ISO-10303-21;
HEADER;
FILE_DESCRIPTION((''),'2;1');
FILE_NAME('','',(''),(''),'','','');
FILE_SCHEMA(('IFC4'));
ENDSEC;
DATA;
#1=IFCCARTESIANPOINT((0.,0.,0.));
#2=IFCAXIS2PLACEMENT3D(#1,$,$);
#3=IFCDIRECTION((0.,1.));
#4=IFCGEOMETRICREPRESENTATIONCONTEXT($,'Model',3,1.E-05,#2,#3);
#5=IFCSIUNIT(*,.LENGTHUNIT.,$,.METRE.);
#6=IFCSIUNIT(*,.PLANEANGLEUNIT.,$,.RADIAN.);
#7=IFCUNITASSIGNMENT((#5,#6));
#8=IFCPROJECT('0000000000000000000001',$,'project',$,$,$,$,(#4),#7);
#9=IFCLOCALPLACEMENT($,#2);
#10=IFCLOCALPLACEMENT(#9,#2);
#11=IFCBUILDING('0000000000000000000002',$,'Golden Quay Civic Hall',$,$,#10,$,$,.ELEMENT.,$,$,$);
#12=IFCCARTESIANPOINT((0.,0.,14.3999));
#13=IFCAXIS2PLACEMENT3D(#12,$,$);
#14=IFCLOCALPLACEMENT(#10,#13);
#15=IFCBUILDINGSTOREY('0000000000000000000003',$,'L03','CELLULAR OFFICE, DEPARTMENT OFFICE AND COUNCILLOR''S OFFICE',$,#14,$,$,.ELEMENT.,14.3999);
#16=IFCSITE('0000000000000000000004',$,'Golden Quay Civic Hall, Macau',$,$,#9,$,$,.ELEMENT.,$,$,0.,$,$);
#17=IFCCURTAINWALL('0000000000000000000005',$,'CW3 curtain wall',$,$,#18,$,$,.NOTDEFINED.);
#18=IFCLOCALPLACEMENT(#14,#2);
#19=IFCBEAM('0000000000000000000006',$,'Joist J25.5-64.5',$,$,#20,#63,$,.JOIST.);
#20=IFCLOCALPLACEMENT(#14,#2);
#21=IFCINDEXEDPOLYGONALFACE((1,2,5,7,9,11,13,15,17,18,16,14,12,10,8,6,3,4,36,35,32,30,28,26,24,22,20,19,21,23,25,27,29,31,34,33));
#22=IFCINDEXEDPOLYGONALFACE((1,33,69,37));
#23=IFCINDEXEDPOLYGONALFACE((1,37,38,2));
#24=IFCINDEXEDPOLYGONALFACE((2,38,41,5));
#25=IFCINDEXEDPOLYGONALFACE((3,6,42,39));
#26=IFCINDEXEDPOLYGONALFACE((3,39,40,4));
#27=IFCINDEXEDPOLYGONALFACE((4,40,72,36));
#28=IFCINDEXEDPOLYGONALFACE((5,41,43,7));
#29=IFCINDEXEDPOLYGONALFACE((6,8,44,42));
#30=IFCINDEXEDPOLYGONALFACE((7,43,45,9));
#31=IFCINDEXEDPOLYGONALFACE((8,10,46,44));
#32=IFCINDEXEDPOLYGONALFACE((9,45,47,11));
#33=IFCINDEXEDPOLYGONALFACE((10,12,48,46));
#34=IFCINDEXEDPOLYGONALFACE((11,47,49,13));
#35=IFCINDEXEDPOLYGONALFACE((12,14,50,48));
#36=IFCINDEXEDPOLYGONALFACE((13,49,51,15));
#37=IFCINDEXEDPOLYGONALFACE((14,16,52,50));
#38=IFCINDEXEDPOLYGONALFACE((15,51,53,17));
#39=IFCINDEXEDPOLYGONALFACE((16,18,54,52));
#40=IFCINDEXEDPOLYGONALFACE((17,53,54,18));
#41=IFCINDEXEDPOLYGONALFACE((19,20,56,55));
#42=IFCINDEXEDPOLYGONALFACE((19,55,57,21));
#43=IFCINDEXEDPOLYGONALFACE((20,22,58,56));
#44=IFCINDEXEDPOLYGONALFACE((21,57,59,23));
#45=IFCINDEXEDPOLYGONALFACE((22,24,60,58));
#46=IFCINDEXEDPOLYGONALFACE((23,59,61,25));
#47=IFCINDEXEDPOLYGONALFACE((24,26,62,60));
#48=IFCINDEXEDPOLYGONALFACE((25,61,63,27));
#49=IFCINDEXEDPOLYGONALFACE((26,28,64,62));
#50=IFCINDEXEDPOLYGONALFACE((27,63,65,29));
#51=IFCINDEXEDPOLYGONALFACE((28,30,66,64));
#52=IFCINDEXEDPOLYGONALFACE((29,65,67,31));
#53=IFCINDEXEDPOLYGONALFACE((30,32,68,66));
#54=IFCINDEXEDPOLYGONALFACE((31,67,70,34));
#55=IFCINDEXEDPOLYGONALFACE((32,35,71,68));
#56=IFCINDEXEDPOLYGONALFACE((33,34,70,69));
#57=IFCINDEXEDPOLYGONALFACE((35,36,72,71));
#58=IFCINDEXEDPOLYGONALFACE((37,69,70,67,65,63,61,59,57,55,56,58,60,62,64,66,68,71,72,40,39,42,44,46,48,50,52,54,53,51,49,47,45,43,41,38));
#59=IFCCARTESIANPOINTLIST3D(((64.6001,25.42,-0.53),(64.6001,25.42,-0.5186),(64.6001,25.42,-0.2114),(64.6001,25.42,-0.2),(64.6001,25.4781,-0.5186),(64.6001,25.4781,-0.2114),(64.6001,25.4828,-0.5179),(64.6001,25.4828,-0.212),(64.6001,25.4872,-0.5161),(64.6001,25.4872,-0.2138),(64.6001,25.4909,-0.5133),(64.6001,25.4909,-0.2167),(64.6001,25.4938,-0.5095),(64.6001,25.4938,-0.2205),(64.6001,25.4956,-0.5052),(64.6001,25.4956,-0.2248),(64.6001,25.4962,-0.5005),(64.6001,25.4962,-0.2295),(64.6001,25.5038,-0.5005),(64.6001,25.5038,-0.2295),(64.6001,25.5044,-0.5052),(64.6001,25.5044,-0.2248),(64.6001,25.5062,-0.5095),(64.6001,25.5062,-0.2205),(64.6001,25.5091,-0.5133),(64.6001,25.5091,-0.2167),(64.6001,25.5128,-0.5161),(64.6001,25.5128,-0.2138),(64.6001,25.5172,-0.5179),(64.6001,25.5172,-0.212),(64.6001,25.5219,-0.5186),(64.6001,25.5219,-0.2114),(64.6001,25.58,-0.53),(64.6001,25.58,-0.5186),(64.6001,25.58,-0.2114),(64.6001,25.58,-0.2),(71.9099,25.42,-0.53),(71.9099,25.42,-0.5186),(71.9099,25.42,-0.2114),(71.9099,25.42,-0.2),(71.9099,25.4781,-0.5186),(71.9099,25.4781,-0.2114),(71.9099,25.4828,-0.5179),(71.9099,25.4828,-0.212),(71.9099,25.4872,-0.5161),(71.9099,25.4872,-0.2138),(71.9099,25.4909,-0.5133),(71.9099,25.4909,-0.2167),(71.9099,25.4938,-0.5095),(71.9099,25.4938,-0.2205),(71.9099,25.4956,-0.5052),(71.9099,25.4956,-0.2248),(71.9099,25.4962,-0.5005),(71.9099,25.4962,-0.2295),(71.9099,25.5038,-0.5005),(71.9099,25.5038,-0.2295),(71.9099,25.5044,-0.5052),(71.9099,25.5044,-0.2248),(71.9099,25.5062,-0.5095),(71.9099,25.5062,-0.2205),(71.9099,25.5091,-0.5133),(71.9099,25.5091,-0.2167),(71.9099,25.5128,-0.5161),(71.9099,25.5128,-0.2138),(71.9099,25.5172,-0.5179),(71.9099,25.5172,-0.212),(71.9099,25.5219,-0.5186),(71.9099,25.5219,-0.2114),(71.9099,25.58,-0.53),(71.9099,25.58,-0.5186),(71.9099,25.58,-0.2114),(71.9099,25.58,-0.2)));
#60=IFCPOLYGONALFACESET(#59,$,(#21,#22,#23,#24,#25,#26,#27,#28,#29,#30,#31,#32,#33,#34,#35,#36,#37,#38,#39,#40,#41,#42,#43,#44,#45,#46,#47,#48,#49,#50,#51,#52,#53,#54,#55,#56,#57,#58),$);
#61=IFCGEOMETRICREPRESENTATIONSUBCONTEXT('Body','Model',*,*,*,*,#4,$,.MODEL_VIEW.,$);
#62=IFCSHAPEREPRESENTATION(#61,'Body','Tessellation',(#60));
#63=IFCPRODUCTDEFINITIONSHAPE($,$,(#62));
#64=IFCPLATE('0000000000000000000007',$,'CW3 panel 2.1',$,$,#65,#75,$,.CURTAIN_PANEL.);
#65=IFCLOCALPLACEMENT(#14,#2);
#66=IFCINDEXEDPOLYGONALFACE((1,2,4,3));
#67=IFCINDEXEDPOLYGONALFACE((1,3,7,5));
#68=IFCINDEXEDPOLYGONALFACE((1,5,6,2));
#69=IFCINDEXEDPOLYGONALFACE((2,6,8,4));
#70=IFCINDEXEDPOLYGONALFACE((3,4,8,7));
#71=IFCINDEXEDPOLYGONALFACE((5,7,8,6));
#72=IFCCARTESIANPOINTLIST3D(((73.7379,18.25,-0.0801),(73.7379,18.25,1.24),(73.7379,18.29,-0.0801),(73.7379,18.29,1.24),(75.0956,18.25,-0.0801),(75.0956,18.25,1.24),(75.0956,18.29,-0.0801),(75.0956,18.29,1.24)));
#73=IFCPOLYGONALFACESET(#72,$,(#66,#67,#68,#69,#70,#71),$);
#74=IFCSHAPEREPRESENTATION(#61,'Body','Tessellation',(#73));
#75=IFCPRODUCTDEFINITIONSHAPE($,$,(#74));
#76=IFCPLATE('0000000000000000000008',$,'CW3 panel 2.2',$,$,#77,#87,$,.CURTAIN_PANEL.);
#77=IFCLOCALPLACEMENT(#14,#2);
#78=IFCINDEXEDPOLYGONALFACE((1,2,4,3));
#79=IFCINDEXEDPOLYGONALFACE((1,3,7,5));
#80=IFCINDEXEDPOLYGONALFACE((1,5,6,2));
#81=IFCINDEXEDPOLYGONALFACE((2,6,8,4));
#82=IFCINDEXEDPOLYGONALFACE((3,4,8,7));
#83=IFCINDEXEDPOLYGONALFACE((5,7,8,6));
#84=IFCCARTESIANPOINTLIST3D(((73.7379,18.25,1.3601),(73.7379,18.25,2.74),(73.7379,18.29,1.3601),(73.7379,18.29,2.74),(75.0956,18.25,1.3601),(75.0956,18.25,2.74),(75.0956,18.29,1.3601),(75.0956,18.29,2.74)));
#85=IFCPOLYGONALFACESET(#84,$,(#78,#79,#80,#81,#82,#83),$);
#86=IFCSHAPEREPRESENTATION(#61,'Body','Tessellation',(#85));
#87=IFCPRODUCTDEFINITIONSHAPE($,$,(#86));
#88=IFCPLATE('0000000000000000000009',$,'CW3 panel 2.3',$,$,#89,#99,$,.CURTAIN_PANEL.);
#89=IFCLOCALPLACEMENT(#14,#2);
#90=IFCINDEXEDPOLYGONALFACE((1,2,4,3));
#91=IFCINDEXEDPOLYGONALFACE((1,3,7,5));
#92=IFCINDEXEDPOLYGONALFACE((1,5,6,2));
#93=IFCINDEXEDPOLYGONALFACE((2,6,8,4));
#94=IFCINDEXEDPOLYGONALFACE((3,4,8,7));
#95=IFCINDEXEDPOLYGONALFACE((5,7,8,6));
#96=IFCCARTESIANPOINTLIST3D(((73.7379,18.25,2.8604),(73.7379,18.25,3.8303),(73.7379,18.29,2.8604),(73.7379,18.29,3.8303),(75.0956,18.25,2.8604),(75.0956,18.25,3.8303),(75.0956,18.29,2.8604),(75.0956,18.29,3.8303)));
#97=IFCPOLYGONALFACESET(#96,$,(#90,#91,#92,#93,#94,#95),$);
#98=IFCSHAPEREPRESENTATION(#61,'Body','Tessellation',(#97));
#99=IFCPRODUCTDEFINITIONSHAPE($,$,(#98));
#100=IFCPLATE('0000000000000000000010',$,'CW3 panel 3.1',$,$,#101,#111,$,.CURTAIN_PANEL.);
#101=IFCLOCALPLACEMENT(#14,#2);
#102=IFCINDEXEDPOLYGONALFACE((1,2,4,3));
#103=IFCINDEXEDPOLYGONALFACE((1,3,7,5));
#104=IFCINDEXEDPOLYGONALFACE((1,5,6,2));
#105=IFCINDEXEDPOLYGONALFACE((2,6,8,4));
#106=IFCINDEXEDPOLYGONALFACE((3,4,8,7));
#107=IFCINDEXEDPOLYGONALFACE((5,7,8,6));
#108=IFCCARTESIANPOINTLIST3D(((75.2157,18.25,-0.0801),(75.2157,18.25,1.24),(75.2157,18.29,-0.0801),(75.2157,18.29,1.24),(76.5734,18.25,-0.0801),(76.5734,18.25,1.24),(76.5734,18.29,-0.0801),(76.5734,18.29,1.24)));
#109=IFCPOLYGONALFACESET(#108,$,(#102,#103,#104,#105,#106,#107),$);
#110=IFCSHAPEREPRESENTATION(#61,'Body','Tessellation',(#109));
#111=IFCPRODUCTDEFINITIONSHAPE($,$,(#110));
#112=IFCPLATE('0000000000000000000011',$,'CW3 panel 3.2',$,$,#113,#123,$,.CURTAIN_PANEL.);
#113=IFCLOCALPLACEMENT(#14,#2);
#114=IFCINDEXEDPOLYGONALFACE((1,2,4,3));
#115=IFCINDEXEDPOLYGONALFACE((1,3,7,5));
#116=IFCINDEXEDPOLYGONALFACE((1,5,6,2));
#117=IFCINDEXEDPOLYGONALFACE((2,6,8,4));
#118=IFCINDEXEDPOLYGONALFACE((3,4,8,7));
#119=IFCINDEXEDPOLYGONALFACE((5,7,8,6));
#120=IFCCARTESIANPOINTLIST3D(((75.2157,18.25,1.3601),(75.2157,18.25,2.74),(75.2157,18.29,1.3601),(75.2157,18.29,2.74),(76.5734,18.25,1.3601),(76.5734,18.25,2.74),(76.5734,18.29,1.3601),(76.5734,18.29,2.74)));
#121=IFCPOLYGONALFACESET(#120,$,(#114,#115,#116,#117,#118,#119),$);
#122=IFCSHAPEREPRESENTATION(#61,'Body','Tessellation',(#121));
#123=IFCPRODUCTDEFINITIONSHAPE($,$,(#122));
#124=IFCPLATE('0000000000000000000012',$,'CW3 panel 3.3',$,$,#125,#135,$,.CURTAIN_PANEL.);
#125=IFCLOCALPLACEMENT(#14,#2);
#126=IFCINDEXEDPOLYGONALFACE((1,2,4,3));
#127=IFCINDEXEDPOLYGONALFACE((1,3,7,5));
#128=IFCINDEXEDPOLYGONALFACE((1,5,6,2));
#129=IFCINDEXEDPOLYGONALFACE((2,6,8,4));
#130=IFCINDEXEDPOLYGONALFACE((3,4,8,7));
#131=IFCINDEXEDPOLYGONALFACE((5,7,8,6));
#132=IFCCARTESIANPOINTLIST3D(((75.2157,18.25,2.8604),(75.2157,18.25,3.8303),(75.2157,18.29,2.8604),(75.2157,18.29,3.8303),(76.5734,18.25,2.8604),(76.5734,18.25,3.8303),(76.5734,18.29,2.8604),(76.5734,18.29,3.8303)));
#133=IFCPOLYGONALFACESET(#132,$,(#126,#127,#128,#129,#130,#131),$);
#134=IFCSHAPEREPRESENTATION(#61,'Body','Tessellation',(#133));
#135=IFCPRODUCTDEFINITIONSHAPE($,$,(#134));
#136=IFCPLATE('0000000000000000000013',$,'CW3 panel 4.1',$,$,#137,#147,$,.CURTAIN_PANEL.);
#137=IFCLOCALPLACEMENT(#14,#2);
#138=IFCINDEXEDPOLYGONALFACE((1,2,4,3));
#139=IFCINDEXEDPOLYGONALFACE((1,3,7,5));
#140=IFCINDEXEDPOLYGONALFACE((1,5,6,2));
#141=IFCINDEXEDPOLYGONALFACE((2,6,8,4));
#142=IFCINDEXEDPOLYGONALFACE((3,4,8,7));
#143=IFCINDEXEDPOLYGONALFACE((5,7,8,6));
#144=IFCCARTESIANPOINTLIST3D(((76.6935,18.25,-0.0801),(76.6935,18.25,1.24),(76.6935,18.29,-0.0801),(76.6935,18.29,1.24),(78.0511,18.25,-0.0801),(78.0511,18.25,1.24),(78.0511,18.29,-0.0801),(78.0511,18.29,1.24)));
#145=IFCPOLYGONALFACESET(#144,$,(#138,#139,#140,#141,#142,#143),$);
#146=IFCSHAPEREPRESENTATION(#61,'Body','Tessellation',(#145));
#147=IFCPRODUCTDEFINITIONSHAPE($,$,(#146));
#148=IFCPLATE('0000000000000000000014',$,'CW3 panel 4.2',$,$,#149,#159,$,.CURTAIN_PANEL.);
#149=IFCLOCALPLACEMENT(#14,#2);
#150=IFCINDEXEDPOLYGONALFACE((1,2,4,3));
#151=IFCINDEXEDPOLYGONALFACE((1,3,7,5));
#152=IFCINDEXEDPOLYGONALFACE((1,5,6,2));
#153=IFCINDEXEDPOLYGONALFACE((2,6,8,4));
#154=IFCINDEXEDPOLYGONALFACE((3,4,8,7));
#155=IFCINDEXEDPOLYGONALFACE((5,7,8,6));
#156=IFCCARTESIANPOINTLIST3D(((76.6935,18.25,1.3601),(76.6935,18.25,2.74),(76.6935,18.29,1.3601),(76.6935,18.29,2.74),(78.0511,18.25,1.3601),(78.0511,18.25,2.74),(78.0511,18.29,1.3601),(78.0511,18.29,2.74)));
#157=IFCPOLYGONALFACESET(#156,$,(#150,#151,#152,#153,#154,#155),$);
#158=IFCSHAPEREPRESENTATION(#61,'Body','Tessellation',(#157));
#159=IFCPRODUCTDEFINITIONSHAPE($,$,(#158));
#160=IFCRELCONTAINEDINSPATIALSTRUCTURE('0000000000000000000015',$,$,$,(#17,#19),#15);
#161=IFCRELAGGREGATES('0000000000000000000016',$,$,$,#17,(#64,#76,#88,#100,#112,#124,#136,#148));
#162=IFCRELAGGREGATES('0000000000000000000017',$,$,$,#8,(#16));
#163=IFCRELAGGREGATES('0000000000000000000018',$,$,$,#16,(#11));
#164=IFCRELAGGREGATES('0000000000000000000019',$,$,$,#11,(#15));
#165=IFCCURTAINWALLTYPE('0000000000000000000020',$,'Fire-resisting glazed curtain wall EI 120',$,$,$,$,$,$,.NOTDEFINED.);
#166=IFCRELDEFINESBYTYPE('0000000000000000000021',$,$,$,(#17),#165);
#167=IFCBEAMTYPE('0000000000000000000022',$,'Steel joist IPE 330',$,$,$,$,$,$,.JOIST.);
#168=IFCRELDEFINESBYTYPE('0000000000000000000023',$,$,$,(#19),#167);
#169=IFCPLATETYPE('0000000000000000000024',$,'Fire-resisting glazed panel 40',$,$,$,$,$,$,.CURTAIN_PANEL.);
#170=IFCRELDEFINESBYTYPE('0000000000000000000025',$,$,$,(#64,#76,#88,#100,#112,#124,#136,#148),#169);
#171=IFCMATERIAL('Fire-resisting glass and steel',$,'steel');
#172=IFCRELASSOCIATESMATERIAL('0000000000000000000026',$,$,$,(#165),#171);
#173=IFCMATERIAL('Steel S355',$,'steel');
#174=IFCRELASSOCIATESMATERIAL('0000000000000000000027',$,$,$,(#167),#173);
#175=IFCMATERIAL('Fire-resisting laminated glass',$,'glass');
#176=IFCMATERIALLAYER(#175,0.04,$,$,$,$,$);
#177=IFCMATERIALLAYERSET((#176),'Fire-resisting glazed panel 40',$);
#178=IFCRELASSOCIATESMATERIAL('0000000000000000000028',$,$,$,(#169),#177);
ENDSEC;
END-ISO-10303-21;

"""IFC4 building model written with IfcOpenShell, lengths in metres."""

from ifc_helpers import new_model, si_unit, direction, frame, origin, origin_2d, place, context, subcontext, project, spatial, rectangle, i_section, extrude, material, layer, layer_set, material_profile, profile_set, type_object, element, aggregate, save


model = new_model("IFC4")

# Units and contexts
model_context = context("Model", 3, precision=1e-05, world=origin(), true_north=direction((0.0, 1.0)))
body_context = subcontext(model_context, "Body", "Model", "MODEL_VIEW")
ifc_project = project(units=[si_unit("LENGTHUNIT", "METRE"), si_unit("PLANEANGLEUNIT", "RADIAN")], contexts=[model_context])

# Site, building, storey
site_placement = place(None, origin())
site = spatial("IfcSite", under=ifc_project, at=site_placement, Name="Golden Quay Civic Hall, Macau", CompositionType="ELEMENT", RefElevation=0.0)
building_placement = place(site_placement, origin())
building = spatial("IfcBuilding", under=site, at=building_placement, Name="Golden Quay Civic Hall", CompositionType="ELEMENT")
storey_placement = place(building_placement, frame((0.0, 0.0, 14.3999)))
storey = spatial("IfcBuildingStorey", under=building, at=storey_placement, Name="L03", Description="CELLULAR OFFICE, DEPARTMENT OFFICE AND COUNCILLOR'S OFFICE", CompositionType="ELEMENT", Elevation=14.3999)

# Curtain wall
ifc_material_1 = material(Name="Fire-resisting glass and steel", Category="steel")
curtain_wall_type = type_object("IfcCurtainWallType", Name="Fire-resisting glazed curtain wall EI 120", PredefinedType="NOTDEFINED", material=ifc_material_1)
curtain_wall_placement = place(storey_placement, origin())
curtain_wall = element("IfcCurtainWall", 1, at=curtain_wall_placement, inside=storey, type_object=curtain_wall_type, Name="CW3 curtain wall", PredefinedType="NOTDEFINED")

# Beam
ifc_material_2 = material(Name="Steel S355", Category="steel")
ifc_material_profile_1 = material_profile(ifc_material_2, i_section(OverallWidth=0.1599, OverallDepth=0.3301, WebThickness=0.0076, FlangeThickness=0.0115, FilletRadius=0.0181, at=origin_2d()), Name="IPE 330")
ifc_profile_set_1 = profile_set([ifc_material_profile_1], Name="Steel S355")
beam_type_1 = type_object("IfcBeamType", Name="Steel joist IPE 330", PredefinedType="JOIST", material=ifc_profile_set_1)
for number, where, z_axis, x_axis, name in (
    (2, (64.6001, 25.5, -0.365), (1.0, 0.0, 0.0), (0.0, 1.0, 0.0), "Joist J25.5-64.5"),
):
    element("IfcBeam", number, at=place(storey_placement, frame(where, z_axis=z_axis, x_axis=x_axis)), inside=storey, type_object=beam_type_1, Name=name, PredefinedType="JOIST", context=body_context, shape_type="SweptSolid", body=[
        extrude(i_section(OverallWidth=0.1599, OverallDepth=0.3301, WebThickness=0.0076, FlangeThickness=0.0115, FilletRadius=0.0181, at=origin_2d()), origin(), (0.0, 0.0, 1.0), 7.3098),
    ])

# Plates
ifc_material_3 = material(Name="Fire-resisting laminated glass", Category="glass")
ifc_layer_1 = layer(ifc_material_3, 0.04)
ifc_layer_set_1 = layer_set([ifc_layer_1], Name="Fire-resisting glazed panel 40")
plate_type = type_object("IfcPlateType", Name="Fire-resisting glazed panel 40", PredefinedType="CURTAIN_PANEL", material=ifc_layer_set_1)
plate_1_placement = place(storey_placement, frame((74.4167, 18.27, -0.0801), z_axis=(0.0, 0.0, 1.0), x_axis=(1.0, 0.0, 0.0)))
plate_1 = element("IfcPlate", 3, at=plate_1_placement, type_object=plate_type, Name="CW3 panel 2.1", PredefinedType="CURTAIN_PANEL", context=body_context, shape_type="SweptSolid", body=[
    extrude(rectangle(XDim=1.3577, YDim=0.04, at=origin_2d()), origin(), (0.0, 0.0, 1.0), 1.3201),
])
plate_2_placement = place(storey_placement, frame((74.4167, 18.27, 1.3601), z_axis=(0.0, 0.0, 1.0), x_axis=(1.0, 0.0, 0.0)))
plate_2 = element("IfcPlate", 4, at=plate_2_placement, type_object=plate_type, Name="CW3 panel 2.2", PredefinedType="CURTAIN_PANEL", context=body_context, shape_type="SweptSolid", body=[
    extrude(rectangle(XDim=1.3577, YDim=0.04, at=origin_2d()), origin(), (0.0, 0.0, 1.0), 1.3799),
])
plate_3_placement = place(storey_placement, frame((74.4167, 18.27, 2.8604), z_axis=(0.0, 0.0, 1.0), x_axis=(1.0, 0.0, 0.0)))
plate_3 = element("IfcPlate", 5, at=plate_3_placement, type_object=plate_type, Name="CW3 panel 2.3", PredefinedType="CURTAIN_PANEL", context=body_context, shape_type="SweptSolid", body=[
    extrude(rectangle(XDim=1.3577, YDim=0.04, at=origin_2d()), origin(), (0.0, 0.0, 1.0), 0.97),
])
plate_4_placement = place(storey_placement, frame((75.8945, 18.27, -0.0801), z_axis=(0.0, 0.0, 1.0), x_axis=(1.0, 0.0, 0.0)))
plate_4 = element("IfcPlate", 6, at=plate_4_placement, type_object=plate_type, Name="CW3 panel 3.1", PredefinedType="CURTAIN_PANEL", context=body_context, shape_type="SweptSolid", body=[
    extrude(rectangle(XDim=1.3577, YDim=0.04, at=origin_2d()), origin(), (0.0, 0.0, 1.0), 1.3201),
])
plate_5_placement = place(storey_placement, frame((75.8945, 18.27, 1.3601), z_axis=(0.0, 0.0, 1.0), x_axis=(1.0, 0.0, 0.0)))
plate_5 = element("IfcPlate", 7, at=plate_5_placement, type_object=plate_type, Name="CW3 panel 3.2", PredefinedType="CURTAIN_PANEL", context=body_context, shape_type="SweptSolid", body=[
    extrude(rectangle(XDim=1.3577, YDim=0.04, at=origin_2d()), origin(), (0.0, 0.0, 1.0), 1.3799),
])
plate_6_placement = place(storey_placement, frame((75.8945, 18.27, 2.8604), z_axis=(0.0, 0.0, 1.0), x_axis=(1.0, 0.0, 0.0)))
plate_6 = element("IfcPlate", 8, at=plate_6_placement, type_object=plate_type, Name="CW3 panel 3.3", PredefinedType="CURTAIN_PANEL", context=body_context, shape_type="SweptSolid", body=[
    extrude(rectangle(XDim=1.3577, YDim=0.04, at=origin_2d()), origin(), (0.0, 0.0, 1.0), 0.97),
])
plate_7_placement = place(storey_placement, frame((77.3723, 18.27, -0.0801), z_axis=(0.0, 0.0, 1.0), x_axis=(1.0, 0.0, 0.0)))
plate_7 = element("IfcPlate", 9, at=plate_7_placement, type_object=plate_type, Name="CW3 panel 4.1", PredefinedType="CURTAIN_PANEL", context=body_context, shape_type="SweptSolid", body=[
    extrude(rectangle(XDim=1.3577, YDim=0.04, at=origin_2d()), origin(), (0.0, 0.0, 1.0), 1.3201),
])
plate_8_placement = place(storey_placement, frame((77.3723, 18.27, 1.3601), z_axis=(0.0, 0.0, 1.0), x_axis=(1.0, 0.0, 0.0)))
plate_8 = element("IfcPlate", 10, at=plate_8_placement, type_object=plate_type, Name="CW3 panel 4.2", PredefinedType="CURTAIN_PANEL", context=body_context, shape_type="SweptSolid", body=[
    extrude(rectangle(XDim=1.3577, YDim=0.04, at=origin_2d()), origin(), (0.0, 0.0, 1.0), 1.3799),
])
aggregate(curtain_wall, [plate_1, plate_2, plate_3, plate_4, plate_5, plate_6, plate_7, plate_8])

save(model, "model.ifc")
